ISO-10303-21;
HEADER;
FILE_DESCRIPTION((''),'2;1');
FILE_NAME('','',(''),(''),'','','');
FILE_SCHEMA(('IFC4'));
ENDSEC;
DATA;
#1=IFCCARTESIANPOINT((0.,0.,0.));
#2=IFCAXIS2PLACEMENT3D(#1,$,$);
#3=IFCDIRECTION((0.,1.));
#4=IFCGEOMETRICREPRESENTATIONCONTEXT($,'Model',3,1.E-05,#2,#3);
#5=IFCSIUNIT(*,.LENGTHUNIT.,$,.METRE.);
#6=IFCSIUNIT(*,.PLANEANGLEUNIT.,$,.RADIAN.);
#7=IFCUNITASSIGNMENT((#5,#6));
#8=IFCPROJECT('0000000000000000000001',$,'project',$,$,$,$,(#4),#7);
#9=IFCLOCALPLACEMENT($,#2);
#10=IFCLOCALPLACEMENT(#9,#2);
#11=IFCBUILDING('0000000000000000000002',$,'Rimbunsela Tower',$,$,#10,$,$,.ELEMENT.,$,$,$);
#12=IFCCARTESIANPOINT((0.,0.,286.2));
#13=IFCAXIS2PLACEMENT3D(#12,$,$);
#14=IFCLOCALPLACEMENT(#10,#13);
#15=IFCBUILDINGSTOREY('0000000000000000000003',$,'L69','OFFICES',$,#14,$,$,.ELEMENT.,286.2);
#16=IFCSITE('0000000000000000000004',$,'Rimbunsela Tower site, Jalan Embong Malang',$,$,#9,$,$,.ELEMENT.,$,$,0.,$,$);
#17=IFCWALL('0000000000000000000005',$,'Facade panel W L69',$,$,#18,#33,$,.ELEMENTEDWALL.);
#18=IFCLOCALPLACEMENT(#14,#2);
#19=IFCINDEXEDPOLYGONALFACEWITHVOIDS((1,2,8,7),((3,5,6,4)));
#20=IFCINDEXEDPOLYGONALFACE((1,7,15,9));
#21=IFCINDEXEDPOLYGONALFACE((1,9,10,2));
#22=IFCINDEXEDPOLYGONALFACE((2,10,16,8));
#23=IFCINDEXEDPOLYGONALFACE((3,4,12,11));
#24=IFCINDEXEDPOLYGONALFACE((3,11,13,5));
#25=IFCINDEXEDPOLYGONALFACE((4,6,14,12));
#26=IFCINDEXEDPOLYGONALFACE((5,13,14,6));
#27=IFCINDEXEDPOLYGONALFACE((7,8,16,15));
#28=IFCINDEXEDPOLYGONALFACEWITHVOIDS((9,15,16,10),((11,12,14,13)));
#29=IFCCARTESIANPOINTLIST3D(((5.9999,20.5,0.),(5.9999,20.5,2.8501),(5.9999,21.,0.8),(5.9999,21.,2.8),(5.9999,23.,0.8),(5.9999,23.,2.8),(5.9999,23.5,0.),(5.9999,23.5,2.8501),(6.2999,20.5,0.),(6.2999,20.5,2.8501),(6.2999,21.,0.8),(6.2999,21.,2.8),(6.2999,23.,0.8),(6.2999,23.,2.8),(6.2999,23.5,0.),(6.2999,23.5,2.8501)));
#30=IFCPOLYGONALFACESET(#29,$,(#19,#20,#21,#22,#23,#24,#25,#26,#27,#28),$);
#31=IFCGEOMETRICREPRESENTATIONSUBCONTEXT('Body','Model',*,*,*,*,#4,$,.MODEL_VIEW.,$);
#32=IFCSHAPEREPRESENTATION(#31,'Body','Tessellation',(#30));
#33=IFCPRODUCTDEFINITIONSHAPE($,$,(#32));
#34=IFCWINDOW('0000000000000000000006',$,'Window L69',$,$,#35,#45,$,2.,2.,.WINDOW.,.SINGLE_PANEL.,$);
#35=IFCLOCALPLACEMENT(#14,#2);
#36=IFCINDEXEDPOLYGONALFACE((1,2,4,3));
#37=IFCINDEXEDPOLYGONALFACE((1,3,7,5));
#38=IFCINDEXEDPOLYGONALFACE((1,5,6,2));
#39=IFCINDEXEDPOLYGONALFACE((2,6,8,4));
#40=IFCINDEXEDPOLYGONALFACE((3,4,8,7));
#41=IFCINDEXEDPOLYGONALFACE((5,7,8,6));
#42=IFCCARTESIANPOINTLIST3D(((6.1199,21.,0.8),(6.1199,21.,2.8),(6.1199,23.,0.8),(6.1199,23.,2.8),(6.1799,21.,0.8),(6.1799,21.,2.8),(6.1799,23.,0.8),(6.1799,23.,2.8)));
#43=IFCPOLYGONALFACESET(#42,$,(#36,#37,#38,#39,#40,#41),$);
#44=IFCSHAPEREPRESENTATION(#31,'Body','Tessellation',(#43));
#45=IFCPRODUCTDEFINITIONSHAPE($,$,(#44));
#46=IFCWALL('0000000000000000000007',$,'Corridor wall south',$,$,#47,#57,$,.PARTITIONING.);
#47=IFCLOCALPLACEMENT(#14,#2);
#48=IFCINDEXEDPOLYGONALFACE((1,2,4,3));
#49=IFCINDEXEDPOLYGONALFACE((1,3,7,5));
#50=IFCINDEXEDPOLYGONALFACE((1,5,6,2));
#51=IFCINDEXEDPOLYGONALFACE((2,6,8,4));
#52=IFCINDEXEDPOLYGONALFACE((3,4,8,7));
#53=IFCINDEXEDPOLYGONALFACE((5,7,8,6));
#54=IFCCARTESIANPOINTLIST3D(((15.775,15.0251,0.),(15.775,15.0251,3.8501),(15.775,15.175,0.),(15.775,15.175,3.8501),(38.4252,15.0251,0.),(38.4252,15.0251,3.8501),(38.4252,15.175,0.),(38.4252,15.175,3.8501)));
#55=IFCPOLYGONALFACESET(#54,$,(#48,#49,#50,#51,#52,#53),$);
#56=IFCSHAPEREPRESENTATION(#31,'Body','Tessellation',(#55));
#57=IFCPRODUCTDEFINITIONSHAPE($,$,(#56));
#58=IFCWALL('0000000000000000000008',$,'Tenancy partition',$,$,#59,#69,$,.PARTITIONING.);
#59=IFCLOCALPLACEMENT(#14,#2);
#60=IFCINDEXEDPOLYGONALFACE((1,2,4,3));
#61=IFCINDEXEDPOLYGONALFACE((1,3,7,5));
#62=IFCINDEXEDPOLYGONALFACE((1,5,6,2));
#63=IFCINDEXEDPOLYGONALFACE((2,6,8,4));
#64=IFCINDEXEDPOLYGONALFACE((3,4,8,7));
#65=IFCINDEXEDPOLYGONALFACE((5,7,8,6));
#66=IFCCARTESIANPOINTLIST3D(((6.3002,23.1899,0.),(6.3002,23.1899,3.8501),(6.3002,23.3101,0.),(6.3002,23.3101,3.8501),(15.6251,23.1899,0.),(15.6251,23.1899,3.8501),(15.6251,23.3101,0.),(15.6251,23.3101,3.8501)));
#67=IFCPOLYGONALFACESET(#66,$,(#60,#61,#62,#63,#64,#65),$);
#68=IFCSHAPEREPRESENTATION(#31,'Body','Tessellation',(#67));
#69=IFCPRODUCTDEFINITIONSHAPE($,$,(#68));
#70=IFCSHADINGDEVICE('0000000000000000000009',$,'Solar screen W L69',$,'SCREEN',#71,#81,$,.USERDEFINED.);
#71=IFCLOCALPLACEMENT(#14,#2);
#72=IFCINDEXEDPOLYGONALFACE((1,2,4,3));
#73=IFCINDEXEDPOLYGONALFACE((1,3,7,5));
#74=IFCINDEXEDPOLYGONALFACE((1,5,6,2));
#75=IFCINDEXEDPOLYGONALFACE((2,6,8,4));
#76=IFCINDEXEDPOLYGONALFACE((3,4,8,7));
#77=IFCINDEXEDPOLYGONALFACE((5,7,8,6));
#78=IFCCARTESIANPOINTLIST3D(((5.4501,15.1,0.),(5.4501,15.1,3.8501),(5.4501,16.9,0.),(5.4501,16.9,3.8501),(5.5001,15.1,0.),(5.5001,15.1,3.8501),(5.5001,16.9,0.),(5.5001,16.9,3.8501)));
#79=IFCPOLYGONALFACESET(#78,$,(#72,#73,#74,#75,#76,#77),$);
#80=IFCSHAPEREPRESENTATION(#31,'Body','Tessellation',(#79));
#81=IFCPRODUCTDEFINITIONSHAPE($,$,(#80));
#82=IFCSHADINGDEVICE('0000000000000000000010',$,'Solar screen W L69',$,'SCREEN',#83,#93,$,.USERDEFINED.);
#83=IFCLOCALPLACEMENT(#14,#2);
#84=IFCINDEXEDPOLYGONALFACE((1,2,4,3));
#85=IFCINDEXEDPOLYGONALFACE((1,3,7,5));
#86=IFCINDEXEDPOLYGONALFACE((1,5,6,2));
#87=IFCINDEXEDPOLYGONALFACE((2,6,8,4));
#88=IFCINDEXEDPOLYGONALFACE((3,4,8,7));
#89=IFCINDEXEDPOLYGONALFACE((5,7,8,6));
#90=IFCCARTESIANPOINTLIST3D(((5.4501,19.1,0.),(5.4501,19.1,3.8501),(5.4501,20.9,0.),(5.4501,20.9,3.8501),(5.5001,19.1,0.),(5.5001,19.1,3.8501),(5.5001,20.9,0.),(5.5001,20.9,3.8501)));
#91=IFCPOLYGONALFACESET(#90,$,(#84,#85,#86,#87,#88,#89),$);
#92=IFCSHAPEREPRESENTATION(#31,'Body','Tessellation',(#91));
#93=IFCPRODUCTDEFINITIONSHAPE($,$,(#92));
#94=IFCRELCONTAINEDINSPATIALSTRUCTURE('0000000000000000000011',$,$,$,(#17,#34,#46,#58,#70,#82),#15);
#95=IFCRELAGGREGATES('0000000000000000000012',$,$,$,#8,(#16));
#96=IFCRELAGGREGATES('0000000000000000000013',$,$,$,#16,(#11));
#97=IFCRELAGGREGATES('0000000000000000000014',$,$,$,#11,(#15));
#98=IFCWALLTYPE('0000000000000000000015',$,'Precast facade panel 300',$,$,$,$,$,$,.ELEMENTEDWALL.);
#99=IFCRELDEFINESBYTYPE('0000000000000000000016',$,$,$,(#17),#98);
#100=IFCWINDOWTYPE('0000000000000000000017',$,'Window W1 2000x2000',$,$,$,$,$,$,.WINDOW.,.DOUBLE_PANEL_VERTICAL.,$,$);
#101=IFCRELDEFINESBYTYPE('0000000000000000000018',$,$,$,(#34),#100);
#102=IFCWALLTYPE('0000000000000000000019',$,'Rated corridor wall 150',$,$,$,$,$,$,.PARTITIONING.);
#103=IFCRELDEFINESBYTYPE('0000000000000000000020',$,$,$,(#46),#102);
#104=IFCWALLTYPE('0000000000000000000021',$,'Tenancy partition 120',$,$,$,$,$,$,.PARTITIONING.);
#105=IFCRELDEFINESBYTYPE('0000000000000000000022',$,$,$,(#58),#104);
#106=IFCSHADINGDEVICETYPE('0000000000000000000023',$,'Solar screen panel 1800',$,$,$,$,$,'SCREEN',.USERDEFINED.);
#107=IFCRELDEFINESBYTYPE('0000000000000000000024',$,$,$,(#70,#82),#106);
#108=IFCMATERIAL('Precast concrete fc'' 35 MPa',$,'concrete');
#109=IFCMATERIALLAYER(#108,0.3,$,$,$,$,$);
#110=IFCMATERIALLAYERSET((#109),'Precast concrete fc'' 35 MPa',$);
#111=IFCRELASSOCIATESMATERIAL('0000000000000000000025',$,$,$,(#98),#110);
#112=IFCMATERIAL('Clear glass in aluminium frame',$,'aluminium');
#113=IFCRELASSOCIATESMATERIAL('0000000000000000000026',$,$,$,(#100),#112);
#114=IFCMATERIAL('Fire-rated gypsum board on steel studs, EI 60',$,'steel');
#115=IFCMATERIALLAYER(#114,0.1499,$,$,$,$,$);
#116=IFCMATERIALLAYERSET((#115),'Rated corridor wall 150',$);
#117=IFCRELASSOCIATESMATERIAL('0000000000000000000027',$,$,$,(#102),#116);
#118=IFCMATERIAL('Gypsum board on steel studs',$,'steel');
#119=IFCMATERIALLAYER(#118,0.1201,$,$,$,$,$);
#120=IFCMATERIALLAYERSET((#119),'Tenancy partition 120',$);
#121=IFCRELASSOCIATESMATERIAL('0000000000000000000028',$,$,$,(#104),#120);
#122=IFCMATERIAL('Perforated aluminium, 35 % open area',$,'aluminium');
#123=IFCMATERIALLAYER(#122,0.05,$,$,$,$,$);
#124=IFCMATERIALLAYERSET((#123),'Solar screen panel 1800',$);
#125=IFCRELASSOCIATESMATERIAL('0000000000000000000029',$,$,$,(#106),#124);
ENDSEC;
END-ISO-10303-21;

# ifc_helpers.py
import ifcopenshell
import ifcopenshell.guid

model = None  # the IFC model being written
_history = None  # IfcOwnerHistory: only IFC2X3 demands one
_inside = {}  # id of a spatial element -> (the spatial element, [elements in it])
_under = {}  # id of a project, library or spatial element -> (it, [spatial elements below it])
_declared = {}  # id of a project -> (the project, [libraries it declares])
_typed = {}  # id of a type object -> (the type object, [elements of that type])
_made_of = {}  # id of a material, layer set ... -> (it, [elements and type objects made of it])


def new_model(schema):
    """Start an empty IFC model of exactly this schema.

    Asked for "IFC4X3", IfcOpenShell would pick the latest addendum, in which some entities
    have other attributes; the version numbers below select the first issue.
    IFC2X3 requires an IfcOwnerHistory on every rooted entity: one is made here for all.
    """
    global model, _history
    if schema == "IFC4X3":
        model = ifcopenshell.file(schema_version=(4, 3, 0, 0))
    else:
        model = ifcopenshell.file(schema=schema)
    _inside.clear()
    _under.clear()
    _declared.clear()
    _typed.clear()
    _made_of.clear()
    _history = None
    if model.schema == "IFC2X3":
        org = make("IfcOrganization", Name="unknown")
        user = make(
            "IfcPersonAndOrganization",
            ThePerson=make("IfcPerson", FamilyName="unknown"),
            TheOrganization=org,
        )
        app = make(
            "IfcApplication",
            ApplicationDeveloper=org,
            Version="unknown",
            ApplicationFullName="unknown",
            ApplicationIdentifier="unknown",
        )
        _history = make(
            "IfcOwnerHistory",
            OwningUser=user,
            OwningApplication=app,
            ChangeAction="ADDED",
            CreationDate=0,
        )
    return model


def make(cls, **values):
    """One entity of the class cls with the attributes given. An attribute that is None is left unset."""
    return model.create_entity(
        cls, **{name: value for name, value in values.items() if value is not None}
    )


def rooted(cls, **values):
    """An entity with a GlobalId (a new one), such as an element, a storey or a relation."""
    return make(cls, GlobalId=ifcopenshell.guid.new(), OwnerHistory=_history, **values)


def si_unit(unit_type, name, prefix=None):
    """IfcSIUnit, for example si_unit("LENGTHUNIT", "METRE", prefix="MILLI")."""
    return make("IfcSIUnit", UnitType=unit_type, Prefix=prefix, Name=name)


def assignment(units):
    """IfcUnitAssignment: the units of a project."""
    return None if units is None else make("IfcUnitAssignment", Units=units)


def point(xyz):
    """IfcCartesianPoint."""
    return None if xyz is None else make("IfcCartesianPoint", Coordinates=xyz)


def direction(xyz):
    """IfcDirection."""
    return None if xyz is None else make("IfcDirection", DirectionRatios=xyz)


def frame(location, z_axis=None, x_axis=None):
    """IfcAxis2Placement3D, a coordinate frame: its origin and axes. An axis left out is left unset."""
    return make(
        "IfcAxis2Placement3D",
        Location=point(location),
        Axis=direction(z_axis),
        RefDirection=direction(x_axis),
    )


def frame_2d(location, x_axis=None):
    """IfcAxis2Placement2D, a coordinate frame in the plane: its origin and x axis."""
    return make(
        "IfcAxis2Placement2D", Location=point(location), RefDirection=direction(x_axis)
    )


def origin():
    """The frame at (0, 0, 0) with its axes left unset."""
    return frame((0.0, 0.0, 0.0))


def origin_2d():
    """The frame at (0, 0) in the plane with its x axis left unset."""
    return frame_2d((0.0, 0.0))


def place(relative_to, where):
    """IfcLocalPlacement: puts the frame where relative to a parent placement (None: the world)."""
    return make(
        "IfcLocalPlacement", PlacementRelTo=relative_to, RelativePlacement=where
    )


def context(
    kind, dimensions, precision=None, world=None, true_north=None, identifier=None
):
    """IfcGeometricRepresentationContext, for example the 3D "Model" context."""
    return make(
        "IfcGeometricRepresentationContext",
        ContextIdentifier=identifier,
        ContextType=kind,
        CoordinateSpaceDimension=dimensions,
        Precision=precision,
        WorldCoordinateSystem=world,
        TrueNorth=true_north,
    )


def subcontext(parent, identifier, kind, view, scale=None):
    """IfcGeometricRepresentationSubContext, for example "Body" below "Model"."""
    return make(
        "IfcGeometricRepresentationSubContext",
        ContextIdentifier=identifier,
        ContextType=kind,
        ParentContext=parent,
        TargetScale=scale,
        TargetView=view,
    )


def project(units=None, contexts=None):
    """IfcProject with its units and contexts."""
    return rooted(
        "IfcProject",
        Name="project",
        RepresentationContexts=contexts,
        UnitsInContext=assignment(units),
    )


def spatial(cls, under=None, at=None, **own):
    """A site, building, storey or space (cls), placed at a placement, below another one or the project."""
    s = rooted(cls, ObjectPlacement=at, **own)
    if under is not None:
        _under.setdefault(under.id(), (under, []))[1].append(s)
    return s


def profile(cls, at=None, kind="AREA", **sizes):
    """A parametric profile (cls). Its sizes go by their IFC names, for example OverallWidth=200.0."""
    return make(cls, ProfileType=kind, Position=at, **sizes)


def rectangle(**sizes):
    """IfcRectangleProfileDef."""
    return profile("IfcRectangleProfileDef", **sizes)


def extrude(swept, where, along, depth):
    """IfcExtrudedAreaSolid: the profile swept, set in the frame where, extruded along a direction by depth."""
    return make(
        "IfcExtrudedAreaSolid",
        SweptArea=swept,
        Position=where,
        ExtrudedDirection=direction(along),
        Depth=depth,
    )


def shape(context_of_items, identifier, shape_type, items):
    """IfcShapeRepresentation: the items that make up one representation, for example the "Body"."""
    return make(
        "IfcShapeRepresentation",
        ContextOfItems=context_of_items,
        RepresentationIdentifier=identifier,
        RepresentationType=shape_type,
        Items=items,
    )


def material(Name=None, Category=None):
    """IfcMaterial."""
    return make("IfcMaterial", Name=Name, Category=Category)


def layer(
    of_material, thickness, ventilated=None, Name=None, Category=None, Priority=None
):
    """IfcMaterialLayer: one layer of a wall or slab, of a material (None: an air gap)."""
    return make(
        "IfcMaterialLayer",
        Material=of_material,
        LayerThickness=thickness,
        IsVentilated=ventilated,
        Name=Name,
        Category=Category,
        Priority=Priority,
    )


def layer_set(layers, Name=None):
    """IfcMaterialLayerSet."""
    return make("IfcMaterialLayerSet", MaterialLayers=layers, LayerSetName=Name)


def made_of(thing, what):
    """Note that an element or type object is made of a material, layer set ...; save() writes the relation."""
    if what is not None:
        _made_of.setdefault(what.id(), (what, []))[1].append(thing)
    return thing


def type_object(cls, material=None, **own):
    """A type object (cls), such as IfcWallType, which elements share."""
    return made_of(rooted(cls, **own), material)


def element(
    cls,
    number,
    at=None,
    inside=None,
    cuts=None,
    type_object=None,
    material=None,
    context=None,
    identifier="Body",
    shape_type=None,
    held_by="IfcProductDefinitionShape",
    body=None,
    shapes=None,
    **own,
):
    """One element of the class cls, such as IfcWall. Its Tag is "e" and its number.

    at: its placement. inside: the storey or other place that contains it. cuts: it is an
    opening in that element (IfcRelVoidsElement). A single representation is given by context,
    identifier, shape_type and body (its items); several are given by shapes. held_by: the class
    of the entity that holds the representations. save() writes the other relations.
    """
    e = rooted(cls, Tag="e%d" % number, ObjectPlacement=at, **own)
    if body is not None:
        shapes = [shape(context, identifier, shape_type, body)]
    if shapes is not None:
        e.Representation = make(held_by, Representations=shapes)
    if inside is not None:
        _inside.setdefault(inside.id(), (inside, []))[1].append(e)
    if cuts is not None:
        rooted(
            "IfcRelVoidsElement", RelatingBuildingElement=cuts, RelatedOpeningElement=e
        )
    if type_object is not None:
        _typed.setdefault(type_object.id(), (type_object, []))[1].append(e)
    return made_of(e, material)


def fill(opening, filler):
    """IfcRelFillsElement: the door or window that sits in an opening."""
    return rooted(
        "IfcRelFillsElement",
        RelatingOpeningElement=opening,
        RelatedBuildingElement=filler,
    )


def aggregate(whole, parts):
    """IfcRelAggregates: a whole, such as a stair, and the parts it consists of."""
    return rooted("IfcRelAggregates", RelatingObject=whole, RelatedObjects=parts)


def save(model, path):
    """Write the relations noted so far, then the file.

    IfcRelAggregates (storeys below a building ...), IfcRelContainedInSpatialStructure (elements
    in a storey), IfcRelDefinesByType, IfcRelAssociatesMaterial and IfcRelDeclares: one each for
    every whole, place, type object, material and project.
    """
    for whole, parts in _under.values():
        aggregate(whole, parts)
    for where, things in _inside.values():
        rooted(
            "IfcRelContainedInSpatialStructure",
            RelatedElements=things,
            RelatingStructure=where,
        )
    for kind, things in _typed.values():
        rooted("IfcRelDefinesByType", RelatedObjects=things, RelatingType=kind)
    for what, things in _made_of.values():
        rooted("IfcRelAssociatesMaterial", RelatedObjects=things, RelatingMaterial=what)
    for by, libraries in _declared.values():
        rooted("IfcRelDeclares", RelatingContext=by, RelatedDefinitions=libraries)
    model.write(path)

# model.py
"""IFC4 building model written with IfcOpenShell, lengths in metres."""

from ifc_helpers import new_model, si_unit, direction, frame, frame_2d, origin, origin_2d, place, context, subcontext, project, spatial, rectangle, extrude, material, layer, layer_set, type_object, element, fill, save


model = new_model("IFC4")

# Units and contexts
model_context = context("Model", 3, precision=1e-05, world=origin(), true_north=direction((0.0, 1.0)))
body_context = subcontext(model_context, "Body", "Model", "MODEL_VIEW")
ifc_project = project(units=[si_unit("LENGTHUNIT", "METRE"), si_unit("PLANEANGLEUNIT", "RADIAN")], contexts=[model_context])

# Site, building, storey
site_placement = place(None, origin())
site = spatial("IfcSite", under=ifc_project, at=site_placement, Name="Rimbunsela Tower site, Jalan Embong Malang", CompositionType="ELEMENT", RefElevation=0.0)
building_placement = place(site_placement, origin())
building = spatial("IfcBuilding", under=site, at=building_placement, Name="Rimbunsela Tower", CompositionType="ELEMENT")
storey_placement = place(building_placement, frame((0.0, 0.0, 286.2)))
storey = spatial("IfcBuildingStorey", under=building, at=storey_placement, Name="L69", Description="OFFICES", CompositionType="ELEMENT", Elevation=286.2)

# Wall, opening, window
ifc_material_1 = material(Name="Precast concrete fc' 35 MPa", Category="concrete")
ifc_layer_1 = layer(ifc_material_1, 0.3)
ifc_layer_set_1 = layer_set([ifc_layer_1], Name="Precast concrete fc' 35 MPa")
wall_type_1 = type_object("IfcWallType", Name="Precast facade panel 300", PredefinedType="ELEMENTEDWALL", material=ifc_layer_set_1)
ifc_material_2 = material(Name="Clear glass in aluminium frame", Category="aluminium")
window_type = type_object("IfcWindowType", Name="Window W1 2000x2000", PartitioningType="DOUBLE_PANEL_VERTICAL", PredefinedType="WINDOW", material=ifc_material_2)
wall_1_placement = place(storey_placement, frame((6.1499, 23.5, 0.0), z_axis=(0.0, 0.0, 1.0), x_axis=(0.0, -1.0, 0.0)))
wall_1 = element("IfcWall", 1, at=wall_1_placement, inside=storey, type_object=wall_type_1, Name="Facade panel W L69", PredefinedType="ELEMENTEDWALL", context=body_context, shape_type="SweptSolid", body=[
    extrude(rectangle(XDim=3.0, YDim=0.3, at=frame_2d((1.5, 0.0))), origin(), (0.0, 0.0, 1.0), 2.8501),
])
opening_1_placement = place(wall_1_placement, frame((0.5, 0.0, 0.8)))
opening_1 = element("IfcOpeningElement", 2, at=opening_1_placement, cuts=wall_1, PredefinedType="OPENING", context=body_context, shape_type="SweptSolid", body=[
    extrude(rectangle(XDim=2.0, YDim=2.0, at=frame_2d((1.0, 1.0))), frame((0.0, 0.1599, 0.0), z_axis=(0.0, -1.0, 0.0), x_axis=(1.0, 0.0, 0.0)), (0.0, 0.0, 1.0), 0.3201),
])
window_1_placement = place(opening_1_placement, origin())
window_1 = element("IfcWindow", 3, at=window_1_placement, inside=storey, type_object=window_type, Name="Window L69", OverallHeight=2.0, OverallWidth=2.0, PartitioningType="SINGLE_PANEL", PredefinedType="WINDOW", context=body_context, shape_type="SweptSolid", body=[
    extrude(rectangle(XDim=2.0, YDim=2.0, at=frame_2d((1.0, 1.0))), frame((0.0, 0.03, 0.0), z_axis=(0.0, -1.0, 0.0), x_axis=(1.0, 0.0, 0.0)), (0.0, 0.0, 1.0), 0.0601),
])
fill(opening_1, window_1)

# Walls
ifc_material_3 = material(Name="Fire-rated gypsum board on steel studs, EI 60", Category="steel")
ifc_layer_2 = layer(ifc_material_3, 0.1499)
ifc_layer_set_2 = layer_set([ifc_layer_2], Name="Rated corridor wall 150")
wall_type_2 = type_object("IfcWallType", Name="Rated corridor wall 150", PredefinedType="PARTITIONING", material=ifc_layer_set_2)
wall_2_placement = place(storey_placement, frame((15.7749, 15.1001, 0.0), z_axis=(0.0, 0.0, 1.0), x_axis=(1.0, 0.0, 0.0)))
element("IfcWall", 4, at=wall_2_placement, inside=storey, type_object=wall_type_2, Name="Corridor wall south", PredefinedType="PARTITIONING", context=body_context, shape_type="SweptSolid", body=[
    extrude(rectangle(XDim=22.6501, YDim=0.1499, at=frame_2d((11.3252, 0.0))), origin(), (0.0, 0.0, 1.0), 3.8501),
])
ifc_material_4 = material(Name="Gypsum board on steel studs", Category="steel")
ifc_layer_3 = layer(ifc_material_4, 0.1201)
ifc_layer_set_3 = layer_set([ifc_layer_3], Name="Tenancy partition 120")
wall_type_3 = type_object("IfcWallType", Name="Tenancy partition 120", PredefinedType="PARTITIONING", material=ifc_layer_set_3)
wall_3_placement = place(storey_placement, frame((6.3, 23.25, 0.0), z_axis=(0.0, 0.0, 1.0), x_axis=(1.0, 0.0, 0.0)))
element("IfcWall", 5, at=wall_3_placement, inside=storey, type_object=wall_type_3, Name="Tenancy partition", PredefinedType="PARTITIONING", context=body_context, shape_type="SweptSolid", body=[
    extrude(rectangle(XDim=9.325, YDim=0.1201, at=frame_2d((4.6626, 0.0))), origin(), (0.0, 0.0, 1.0), 3.8501),
])

# Shading devices
ifc_material_5 = material(Name="Perforated aluminium, 35 % open area", Category="aluminium")
ifc_layer_4 = layer(ifc_material_5, 0.05)
ifc_layer_set_4 = layer_set([ifc_layer_4], Name="Solar screen panel 1800")
shading_device_type = type_object("IfcShadingDeviceType", Name="Solar screen panel 1800", ElementType="SCREEN", PredefinedType="USERDEFINED", material=ifc_layer_set_4)
for number, where, z_axis, x_axis, name in (
    (6, (5.4751, 16.0, 0.0), (0.0, 0.0, 1.0), (0.0, 1.0, 0.0), "Solar screen W L69"),
    (7, (5.4751, 20.0, 0.0), (0.0, 0.0, 1.0), (0.0, 1.0, 0.0), "Solar screen W L69"),
):
    element("IfcShadingDevice", number, at=place(storey_placement, frame(where, z_axis=z_axis, x_axis=x_axis)), inside=storey, type_object=shading_device_type, Name=name, ObjectType="SCREEN", PredefinedType="USERDEFINED", context=body_context, shape_type="SweptSolid", body=[
        extrude(rectangle(XDim=1.8, YDim=0.05, at=origin_2d()), origin(), (0.0, 0.0, 1.0), 3.8501),
    ])

save(model, "model.ifc")
